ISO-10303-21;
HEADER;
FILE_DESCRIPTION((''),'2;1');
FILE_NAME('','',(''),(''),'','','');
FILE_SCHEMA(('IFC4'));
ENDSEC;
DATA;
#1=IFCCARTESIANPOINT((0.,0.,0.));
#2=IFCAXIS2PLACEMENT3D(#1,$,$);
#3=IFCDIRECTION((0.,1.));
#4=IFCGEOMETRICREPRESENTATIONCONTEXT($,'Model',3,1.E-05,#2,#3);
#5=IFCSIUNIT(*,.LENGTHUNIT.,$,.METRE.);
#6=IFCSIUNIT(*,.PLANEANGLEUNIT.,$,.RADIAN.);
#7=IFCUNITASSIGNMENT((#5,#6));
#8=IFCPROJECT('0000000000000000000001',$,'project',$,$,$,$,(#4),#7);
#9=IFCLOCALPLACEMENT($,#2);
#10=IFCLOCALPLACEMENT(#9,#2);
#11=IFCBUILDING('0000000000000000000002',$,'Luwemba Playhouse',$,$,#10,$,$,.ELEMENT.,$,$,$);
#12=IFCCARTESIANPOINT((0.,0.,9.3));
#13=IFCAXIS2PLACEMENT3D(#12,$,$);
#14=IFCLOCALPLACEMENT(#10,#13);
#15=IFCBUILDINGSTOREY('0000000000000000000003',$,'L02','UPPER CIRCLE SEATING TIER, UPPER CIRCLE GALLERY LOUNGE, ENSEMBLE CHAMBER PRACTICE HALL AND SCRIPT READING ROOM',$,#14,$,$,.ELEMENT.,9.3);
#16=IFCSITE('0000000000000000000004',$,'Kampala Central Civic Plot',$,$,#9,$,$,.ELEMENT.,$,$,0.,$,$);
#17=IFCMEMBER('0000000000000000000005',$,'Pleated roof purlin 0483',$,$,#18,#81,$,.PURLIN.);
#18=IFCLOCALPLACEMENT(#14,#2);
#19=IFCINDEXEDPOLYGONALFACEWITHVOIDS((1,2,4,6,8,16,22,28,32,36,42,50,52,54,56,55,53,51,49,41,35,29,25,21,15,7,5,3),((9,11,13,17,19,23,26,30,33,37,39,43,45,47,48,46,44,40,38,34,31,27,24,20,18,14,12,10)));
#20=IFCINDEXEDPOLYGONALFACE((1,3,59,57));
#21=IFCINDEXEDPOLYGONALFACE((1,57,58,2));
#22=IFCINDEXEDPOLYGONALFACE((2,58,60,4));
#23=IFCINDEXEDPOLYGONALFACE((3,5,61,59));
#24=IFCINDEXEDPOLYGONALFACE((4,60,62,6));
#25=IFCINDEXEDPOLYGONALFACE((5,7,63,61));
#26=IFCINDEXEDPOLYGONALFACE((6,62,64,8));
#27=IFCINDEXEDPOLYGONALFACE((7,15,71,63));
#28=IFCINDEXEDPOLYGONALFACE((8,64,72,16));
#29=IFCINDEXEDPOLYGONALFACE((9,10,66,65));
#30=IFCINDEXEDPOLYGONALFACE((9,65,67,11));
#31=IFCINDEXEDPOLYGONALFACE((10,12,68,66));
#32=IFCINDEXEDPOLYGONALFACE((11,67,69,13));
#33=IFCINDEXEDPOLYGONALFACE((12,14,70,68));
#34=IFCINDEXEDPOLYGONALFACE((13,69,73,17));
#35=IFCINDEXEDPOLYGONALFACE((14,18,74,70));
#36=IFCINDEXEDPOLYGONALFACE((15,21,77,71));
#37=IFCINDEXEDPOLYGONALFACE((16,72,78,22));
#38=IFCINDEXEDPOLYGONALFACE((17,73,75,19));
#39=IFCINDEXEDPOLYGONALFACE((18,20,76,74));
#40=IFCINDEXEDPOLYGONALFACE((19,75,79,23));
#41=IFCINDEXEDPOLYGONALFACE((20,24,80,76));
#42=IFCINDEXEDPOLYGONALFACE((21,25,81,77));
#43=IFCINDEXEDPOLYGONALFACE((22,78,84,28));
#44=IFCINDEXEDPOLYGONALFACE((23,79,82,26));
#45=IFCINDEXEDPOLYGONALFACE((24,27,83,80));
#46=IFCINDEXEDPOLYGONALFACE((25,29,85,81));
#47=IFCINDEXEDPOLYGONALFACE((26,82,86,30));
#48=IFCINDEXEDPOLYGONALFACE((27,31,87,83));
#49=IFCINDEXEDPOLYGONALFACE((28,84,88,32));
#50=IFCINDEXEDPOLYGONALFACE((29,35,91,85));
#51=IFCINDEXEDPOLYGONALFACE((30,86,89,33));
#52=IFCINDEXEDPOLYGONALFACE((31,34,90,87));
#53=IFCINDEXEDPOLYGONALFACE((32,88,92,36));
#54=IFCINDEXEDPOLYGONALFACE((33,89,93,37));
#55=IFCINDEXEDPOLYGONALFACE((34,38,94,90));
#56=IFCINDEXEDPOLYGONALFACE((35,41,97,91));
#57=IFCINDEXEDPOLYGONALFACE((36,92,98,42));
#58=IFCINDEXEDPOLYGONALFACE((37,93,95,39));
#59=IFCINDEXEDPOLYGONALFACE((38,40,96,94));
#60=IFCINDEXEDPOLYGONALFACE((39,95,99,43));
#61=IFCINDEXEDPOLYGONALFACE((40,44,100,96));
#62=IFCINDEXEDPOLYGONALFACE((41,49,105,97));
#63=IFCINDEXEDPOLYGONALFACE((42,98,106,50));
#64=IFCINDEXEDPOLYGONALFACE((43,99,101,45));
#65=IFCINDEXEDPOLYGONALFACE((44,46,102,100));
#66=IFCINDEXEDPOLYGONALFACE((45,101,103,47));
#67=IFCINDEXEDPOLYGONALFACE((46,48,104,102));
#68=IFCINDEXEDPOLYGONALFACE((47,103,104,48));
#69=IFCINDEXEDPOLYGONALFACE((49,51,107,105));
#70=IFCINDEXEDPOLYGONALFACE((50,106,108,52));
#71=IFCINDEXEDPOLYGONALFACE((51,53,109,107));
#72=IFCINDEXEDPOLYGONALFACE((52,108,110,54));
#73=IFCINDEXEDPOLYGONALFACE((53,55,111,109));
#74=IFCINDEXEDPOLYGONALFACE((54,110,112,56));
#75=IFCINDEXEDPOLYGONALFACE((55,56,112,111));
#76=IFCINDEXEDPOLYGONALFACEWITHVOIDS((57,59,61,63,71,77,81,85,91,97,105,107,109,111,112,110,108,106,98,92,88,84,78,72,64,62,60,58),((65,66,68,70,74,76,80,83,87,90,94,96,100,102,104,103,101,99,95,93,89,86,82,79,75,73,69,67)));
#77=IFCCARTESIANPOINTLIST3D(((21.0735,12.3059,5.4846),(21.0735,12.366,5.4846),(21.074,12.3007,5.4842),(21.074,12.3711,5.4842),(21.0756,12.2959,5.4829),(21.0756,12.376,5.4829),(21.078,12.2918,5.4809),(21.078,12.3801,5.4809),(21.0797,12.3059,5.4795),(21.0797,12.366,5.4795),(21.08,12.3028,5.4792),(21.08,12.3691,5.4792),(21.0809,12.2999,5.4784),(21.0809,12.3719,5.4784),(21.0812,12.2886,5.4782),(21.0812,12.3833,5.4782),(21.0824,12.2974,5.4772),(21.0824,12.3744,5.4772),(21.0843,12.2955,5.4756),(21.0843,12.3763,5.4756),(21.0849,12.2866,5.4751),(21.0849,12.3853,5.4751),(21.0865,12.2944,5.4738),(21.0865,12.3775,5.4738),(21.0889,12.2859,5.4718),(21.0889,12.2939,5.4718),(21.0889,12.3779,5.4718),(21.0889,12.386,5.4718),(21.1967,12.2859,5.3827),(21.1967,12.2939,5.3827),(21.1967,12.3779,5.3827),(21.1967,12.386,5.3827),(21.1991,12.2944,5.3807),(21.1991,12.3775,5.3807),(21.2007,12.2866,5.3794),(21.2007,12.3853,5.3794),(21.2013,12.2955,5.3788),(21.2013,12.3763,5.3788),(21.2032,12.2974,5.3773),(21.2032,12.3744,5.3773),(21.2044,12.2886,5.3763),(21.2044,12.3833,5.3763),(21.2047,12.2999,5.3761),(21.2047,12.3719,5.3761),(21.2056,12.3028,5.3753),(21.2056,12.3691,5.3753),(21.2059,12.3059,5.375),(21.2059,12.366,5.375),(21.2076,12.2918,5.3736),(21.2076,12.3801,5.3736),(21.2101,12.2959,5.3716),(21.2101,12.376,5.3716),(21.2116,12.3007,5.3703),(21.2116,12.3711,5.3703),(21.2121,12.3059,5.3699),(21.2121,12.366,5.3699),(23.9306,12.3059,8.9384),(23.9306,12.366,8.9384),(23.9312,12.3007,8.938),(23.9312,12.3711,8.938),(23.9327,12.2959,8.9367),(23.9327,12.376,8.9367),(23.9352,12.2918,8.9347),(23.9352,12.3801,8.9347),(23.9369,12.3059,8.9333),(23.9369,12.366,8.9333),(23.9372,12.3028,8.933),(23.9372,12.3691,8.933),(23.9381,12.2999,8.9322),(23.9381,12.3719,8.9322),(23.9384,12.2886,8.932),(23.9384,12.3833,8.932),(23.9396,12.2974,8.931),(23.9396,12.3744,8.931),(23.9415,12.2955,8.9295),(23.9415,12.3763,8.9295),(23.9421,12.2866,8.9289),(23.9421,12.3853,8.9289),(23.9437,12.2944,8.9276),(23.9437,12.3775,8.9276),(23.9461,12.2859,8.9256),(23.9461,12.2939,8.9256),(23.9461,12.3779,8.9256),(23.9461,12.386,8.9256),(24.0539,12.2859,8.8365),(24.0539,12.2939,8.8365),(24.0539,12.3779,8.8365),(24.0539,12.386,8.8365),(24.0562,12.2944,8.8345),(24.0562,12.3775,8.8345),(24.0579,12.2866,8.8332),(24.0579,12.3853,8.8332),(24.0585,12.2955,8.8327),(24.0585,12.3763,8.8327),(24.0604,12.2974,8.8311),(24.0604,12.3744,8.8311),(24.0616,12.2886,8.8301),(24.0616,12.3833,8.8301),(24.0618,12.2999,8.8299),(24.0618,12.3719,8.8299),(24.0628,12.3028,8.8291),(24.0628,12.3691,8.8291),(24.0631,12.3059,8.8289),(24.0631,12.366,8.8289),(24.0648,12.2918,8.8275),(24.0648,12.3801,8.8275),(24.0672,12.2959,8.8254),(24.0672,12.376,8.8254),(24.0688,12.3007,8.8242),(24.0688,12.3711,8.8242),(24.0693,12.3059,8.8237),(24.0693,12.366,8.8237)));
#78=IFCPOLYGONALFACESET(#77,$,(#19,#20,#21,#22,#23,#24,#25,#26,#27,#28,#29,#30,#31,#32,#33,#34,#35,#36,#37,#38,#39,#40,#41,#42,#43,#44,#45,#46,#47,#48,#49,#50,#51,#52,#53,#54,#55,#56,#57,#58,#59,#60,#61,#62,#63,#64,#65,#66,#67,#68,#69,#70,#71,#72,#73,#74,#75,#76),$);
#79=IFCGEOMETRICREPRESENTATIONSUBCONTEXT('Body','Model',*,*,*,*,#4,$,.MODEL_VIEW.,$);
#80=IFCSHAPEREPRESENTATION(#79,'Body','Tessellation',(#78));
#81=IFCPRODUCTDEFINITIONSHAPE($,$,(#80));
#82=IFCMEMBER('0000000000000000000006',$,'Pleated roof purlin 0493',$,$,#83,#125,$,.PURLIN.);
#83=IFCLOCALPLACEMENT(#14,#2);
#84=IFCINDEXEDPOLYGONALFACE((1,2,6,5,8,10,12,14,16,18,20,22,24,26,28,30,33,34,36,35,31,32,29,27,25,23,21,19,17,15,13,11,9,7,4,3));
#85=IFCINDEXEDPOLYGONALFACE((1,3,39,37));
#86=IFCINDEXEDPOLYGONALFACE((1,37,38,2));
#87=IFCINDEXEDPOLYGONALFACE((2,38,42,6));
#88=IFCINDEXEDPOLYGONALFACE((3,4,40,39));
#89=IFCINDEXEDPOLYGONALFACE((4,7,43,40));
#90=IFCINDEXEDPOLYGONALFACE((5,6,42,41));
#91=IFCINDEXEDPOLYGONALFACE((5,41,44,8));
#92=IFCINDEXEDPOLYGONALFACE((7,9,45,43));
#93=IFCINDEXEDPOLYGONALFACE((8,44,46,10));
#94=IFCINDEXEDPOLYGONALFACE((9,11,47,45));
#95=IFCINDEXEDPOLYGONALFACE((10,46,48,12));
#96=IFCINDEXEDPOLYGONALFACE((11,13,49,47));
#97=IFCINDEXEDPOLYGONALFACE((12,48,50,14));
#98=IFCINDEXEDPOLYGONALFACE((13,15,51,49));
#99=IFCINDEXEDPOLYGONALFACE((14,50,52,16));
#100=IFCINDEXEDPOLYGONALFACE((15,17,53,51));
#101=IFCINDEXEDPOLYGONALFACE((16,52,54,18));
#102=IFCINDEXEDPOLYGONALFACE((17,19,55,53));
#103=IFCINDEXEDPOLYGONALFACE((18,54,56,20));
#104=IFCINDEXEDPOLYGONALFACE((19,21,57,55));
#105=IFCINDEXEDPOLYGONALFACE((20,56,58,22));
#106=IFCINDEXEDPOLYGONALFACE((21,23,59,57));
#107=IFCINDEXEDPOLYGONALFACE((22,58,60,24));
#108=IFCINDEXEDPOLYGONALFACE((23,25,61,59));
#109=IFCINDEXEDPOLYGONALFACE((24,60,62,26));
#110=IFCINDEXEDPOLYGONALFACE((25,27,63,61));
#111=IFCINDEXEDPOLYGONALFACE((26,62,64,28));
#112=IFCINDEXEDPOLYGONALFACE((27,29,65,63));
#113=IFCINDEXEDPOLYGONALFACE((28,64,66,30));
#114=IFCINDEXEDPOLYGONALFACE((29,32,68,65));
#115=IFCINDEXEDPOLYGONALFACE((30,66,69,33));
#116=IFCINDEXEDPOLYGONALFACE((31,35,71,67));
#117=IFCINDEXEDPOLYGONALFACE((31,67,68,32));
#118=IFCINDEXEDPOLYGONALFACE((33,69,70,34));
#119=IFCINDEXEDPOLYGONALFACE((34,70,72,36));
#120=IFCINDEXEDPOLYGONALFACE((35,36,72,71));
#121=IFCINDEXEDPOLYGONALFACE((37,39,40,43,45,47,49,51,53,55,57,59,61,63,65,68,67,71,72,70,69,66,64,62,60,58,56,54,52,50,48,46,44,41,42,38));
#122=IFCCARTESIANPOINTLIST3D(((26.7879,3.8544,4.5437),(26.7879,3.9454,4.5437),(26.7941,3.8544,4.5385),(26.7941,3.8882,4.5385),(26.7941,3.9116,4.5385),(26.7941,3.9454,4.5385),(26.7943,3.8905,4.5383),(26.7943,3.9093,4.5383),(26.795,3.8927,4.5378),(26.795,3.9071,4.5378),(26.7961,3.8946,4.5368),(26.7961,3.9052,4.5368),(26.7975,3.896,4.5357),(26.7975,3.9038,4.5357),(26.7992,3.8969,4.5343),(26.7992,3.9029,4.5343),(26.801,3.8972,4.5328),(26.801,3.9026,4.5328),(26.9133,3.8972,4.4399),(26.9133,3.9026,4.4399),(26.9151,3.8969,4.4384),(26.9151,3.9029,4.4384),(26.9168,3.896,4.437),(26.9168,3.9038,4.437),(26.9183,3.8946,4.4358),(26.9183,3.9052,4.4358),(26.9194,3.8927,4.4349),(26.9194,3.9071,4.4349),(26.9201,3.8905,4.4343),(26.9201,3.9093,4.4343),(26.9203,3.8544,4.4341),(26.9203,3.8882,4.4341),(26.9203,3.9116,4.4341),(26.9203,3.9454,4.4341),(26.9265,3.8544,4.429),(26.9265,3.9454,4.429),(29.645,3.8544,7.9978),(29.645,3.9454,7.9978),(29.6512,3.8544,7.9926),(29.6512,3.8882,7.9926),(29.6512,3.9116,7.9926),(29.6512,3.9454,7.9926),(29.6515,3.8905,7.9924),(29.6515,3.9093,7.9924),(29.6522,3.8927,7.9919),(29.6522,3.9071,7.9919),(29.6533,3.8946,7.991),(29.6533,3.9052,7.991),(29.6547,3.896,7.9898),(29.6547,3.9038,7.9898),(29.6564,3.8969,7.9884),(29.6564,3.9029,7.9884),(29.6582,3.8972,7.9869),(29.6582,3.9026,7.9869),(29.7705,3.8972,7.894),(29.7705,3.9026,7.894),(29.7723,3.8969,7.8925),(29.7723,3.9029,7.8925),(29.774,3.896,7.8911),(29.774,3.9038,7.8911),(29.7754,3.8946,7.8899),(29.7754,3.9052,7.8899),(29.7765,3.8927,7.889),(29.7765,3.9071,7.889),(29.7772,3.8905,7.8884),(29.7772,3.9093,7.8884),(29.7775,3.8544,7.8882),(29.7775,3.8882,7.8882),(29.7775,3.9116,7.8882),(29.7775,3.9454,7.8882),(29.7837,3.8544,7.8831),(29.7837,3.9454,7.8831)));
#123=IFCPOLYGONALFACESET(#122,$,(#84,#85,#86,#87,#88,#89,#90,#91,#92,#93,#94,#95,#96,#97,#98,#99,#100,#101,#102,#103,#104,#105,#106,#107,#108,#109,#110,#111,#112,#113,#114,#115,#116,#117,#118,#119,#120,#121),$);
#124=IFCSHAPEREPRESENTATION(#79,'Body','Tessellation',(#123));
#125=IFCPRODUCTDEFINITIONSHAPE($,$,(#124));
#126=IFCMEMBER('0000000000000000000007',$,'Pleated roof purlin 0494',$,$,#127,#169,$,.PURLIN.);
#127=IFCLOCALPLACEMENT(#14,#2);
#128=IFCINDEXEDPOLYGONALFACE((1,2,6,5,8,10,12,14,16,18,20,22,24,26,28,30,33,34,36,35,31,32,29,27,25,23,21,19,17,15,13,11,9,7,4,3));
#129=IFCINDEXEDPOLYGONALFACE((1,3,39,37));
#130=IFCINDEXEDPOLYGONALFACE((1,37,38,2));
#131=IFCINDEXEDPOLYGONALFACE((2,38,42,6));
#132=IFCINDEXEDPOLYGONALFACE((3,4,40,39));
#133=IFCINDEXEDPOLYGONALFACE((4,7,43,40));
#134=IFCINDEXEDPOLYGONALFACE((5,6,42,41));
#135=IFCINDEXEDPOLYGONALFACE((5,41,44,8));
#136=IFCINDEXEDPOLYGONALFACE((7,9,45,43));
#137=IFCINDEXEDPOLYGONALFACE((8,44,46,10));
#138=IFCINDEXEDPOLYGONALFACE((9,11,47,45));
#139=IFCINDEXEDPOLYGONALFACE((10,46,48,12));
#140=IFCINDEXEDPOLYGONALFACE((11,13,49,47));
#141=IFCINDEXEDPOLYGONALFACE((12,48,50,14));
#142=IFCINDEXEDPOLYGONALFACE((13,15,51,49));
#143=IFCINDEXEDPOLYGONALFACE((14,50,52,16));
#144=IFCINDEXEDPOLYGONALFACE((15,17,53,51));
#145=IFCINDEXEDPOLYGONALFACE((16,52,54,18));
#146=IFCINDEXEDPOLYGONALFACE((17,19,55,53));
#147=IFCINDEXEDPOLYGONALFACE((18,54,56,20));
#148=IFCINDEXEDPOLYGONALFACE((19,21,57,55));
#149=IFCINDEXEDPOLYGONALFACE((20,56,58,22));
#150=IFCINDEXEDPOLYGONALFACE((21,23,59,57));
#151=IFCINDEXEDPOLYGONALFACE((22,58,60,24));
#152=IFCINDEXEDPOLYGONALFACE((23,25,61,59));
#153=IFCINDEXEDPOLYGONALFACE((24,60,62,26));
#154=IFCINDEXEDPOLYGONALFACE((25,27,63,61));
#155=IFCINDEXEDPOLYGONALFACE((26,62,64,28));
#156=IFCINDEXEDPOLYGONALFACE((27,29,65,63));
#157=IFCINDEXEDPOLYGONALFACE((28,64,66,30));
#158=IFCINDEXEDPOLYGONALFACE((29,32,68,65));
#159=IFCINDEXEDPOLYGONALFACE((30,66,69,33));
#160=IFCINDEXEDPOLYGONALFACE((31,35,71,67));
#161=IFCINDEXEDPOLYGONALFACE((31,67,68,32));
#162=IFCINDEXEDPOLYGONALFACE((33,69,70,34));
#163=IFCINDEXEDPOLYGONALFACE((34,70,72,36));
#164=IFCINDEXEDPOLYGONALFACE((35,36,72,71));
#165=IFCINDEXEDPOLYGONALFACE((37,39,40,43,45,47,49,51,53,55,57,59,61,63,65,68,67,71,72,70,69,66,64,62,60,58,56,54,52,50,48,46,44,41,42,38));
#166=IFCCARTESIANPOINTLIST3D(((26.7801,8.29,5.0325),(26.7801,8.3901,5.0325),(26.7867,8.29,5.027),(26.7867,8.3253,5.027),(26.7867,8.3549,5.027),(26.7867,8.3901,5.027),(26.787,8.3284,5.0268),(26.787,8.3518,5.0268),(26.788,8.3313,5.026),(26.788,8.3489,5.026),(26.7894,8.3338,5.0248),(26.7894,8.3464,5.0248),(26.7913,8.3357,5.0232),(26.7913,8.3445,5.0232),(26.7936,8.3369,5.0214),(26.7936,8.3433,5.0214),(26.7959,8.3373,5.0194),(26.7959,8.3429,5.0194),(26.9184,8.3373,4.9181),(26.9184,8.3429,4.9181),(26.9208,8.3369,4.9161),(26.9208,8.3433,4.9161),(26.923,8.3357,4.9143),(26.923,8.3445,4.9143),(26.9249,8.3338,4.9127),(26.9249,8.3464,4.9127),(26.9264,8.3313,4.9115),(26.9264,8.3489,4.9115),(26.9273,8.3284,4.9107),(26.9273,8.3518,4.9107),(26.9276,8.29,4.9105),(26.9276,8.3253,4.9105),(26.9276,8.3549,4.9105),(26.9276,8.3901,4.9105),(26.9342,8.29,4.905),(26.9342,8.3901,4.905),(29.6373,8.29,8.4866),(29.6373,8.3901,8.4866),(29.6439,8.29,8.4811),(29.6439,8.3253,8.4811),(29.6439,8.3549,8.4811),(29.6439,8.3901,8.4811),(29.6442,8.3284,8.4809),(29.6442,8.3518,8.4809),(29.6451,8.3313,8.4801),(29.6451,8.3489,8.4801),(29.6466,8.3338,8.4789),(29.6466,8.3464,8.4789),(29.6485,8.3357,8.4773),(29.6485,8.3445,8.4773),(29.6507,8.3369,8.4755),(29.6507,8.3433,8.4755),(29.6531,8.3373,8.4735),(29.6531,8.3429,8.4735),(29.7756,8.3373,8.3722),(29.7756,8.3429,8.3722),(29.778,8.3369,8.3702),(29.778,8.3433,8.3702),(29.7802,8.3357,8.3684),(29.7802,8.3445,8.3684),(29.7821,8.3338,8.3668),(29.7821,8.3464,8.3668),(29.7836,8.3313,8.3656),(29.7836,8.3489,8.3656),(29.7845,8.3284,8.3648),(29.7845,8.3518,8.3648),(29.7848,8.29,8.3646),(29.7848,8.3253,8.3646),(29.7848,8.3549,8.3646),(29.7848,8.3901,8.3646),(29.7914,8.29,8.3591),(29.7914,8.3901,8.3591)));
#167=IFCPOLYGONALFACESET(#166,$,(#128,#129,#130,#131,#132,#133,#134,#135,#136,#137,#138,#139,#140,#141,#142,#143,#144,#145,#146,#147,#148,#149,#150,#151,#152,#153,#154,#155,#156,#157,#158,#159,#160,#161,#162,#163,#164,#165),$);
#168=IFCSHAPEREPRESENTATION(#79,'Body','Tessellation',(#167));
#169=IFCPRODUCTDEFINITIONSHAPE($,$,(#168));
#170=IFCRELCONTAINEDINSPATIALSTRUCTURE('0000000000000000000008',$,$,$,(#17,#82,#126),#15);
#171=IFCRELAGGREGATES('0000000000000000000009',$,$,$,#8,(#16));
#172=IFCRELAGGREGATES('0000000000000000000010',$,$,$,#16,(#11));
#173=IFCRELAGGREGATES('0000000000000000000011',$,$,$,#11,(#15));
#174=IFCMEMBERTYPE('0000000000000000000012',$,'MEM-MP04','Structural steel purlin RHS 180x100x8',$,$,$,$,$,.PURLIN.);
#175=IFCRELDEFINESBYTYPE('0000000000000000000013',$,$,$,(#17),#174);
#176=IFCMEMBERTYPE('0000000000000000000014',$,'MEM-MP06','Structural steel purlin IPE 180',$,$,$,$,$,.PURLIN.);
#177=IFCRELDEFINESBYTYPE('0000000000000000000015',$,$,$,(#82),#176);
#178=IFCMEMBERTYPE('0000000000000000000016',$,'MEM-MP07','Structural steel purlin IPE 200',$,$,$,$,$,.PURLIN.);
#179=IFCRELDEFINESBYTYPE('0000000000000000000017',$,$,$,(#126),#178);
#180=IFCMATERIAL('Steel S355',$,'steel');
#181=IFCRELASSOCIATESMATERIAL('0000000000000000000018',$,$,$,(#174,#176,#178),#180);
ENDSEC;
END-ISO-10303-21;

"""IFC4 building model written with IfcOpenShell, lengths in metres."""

from ifc_helpers import new_model, si_unit, direction, frame, origin, origin_2d, place, context, subcontext, project, spatial, hollow_rectangle, i_section, extrude, material, material_profile, profile_set, type_object, element, save


model = new_model("IFC4")

# Units and contexts
model_context = context("Model", 3, precision=1e-05, world=origin(), true_north=direction((0.0, 1.0)))
body_context = subcontext(model_context, "Body", "Model", "MODEL_VIEW")
ifc_project = project(units=[si_unit("LENGTHUNIT", "METRE"), si_unit("PLANEANGLEUNIT", "RADIAN")], contexts=[model_context])

# Site, building, storey
site_placement = place(None, origin())
site = spatial("IfcSite", under=ifc_project, at=site_placement, Name="Kampala Central Civic Plot", CompositionType="ELEMENT", RefElevation=0.0)
building_placement = place(site_placement, origin())
building = spatial("IfcBuilding", under=site, at=building_placement, Name="Luwemba Playhouse", CompositionType="ELEMENT")
storey_placement = place(building_placement, frame((0.0, 0.0, 9.3)))
storey = spatial("IfcBuildingStorey", under=building, at=storey_placement, Name="L02", Description="UPPER CIRCLE SEATING TIER, UPPER CIRCLE GALLERY LOUNGE, ENSEMBLE CHAMBER PRACTICE HALL AND SCRIPT READING ROOM", CompositionType="ELEMENT", Elevation=9.3)

# Shared definitions
ifc_material_1 = material(Name="Steel S355", Category="steel")

# Members
ifc_material_profile_1 = material_profile(ifc_material_1, hollow_rectangle(XDim=0.1001, YDim=0.1799, WallThickness=0.0081, InnerFilletRadius=0.012, OuterFilletRadius=0.02, at=origin_2d()))
ifc_profile_set_1 = profile_set([ifc_material_profile_1], Name="Steel S355")
member_type_1 = type_object("IfcMemberType", Name="MEM-MP04", Description="Structural steel purlin RHS 180x100x8", PredefinedType="PURLIN", material=ifc_profile_set_1)
member_1_placement = place(storey_placement, frame((21.1428, 12.3359, 5.4272), z_axis=(0.637411, 0.0, 0.770524), x_axis=(0.0, 1.0, 0.0)))
element("IfcMember", 1, at=member_1_placement, inside=storey, type_object=member_type_1, Name="Pleated roof purlin 0483", PredefinedType="PURLIN", context=body_context, shape_type="SweptSolid", body=[
    extrude(hollow_rectangle(XDim=0.1001, YDim=0.1799, WallThickness=0.0081, InnerFilletRadius=0.012, OuterFilletRadius=0.02, at=origin_2d()), origin(), (0.0, 0.0, 1.0), 4.4824),
])
ifc_material_profile_2 = material_profile(ifc_material_1, i_section(OverallWidth=0.0911, OverallDepth=0.1799, WebThickness=0.0054, FlangeThickness=0.0081, FilletRadius=0.009, at=origin_2d()))
ifc_profile_set_2 = profile_set([ifc_material_profile_2], Name="Steel S355")
member_type_2 = type_object("IfcMemberType", Name="MEM-MP06", Description="Structural steel purlin IPE 180", PredefinedType="PURLIN", material=ifc_profile_set_2)
member_2_placement = place(storey_placement, frame((26.8572, 3.8999, 4.4863), z_axis=(0.637384, 0.0, 0.770547), x_axis=(0.0, 1.0, 0.0)))
element("IfcMember", 2, at=member_2_placement, inside=storey, type_object=member_type_2, Name="Pleated roof purlin 0493", PredefinedType="PURLIN", context=body_context, shape_type="SweptSolid", body=[
    extrude(i_section(OverallWidth=0.0911, OverallDepth=0.1799, WebThickness=0.0054, FlangeThickness=0.0081, FilletRadius=0.009, at=origin_2d()), origin(), (0.0, 0.0, 1.0), 4.4827),
])
ifc_material_profile_3 = material_profile(ifc_material_1, i_section(OverallWidth=0.1001, OverallDepth=0.2, WebThickness=0.0056, FlangeThickness=0.0085, FilletRadius=0.012, at=origin_2d()))
ifc_profile_set_3 = profile_set([ifc_material_profile_3], Name="Steel S355")
member_type_3 = type_object("IfcMemberType", Name="MEM-MP07", Description="Structural steel purlin IPE 200", PredefinedType="PURLIN", material=ifc_profile_set_3)
member_3_placement = place(storey_placement, frame((26.8572, 8.3401, 4.9688), z_axis=(0.637384, 0.0, 0.770547), x_axis=(0.0, 1.0, 0.0)))
element("IfcMember", 3, at=member_3_placement, inside=storey, type_object=member_type_3, Name="Pleated roof purlin 0494", PredefinedType="PURLIN", context=body_context, shape_type="SweptSolid", body=[
    extrude(i_section(OverallWidth=0.1001, OverallDepth=0.2, WebThickness=0.0056, FlangeThickness=0.0085, FilletRadius=0.012, at=origin_2d()), origin(), (0.0, 0.0, 1.0), 4.4827),
])

save(model, "model.ifc")
